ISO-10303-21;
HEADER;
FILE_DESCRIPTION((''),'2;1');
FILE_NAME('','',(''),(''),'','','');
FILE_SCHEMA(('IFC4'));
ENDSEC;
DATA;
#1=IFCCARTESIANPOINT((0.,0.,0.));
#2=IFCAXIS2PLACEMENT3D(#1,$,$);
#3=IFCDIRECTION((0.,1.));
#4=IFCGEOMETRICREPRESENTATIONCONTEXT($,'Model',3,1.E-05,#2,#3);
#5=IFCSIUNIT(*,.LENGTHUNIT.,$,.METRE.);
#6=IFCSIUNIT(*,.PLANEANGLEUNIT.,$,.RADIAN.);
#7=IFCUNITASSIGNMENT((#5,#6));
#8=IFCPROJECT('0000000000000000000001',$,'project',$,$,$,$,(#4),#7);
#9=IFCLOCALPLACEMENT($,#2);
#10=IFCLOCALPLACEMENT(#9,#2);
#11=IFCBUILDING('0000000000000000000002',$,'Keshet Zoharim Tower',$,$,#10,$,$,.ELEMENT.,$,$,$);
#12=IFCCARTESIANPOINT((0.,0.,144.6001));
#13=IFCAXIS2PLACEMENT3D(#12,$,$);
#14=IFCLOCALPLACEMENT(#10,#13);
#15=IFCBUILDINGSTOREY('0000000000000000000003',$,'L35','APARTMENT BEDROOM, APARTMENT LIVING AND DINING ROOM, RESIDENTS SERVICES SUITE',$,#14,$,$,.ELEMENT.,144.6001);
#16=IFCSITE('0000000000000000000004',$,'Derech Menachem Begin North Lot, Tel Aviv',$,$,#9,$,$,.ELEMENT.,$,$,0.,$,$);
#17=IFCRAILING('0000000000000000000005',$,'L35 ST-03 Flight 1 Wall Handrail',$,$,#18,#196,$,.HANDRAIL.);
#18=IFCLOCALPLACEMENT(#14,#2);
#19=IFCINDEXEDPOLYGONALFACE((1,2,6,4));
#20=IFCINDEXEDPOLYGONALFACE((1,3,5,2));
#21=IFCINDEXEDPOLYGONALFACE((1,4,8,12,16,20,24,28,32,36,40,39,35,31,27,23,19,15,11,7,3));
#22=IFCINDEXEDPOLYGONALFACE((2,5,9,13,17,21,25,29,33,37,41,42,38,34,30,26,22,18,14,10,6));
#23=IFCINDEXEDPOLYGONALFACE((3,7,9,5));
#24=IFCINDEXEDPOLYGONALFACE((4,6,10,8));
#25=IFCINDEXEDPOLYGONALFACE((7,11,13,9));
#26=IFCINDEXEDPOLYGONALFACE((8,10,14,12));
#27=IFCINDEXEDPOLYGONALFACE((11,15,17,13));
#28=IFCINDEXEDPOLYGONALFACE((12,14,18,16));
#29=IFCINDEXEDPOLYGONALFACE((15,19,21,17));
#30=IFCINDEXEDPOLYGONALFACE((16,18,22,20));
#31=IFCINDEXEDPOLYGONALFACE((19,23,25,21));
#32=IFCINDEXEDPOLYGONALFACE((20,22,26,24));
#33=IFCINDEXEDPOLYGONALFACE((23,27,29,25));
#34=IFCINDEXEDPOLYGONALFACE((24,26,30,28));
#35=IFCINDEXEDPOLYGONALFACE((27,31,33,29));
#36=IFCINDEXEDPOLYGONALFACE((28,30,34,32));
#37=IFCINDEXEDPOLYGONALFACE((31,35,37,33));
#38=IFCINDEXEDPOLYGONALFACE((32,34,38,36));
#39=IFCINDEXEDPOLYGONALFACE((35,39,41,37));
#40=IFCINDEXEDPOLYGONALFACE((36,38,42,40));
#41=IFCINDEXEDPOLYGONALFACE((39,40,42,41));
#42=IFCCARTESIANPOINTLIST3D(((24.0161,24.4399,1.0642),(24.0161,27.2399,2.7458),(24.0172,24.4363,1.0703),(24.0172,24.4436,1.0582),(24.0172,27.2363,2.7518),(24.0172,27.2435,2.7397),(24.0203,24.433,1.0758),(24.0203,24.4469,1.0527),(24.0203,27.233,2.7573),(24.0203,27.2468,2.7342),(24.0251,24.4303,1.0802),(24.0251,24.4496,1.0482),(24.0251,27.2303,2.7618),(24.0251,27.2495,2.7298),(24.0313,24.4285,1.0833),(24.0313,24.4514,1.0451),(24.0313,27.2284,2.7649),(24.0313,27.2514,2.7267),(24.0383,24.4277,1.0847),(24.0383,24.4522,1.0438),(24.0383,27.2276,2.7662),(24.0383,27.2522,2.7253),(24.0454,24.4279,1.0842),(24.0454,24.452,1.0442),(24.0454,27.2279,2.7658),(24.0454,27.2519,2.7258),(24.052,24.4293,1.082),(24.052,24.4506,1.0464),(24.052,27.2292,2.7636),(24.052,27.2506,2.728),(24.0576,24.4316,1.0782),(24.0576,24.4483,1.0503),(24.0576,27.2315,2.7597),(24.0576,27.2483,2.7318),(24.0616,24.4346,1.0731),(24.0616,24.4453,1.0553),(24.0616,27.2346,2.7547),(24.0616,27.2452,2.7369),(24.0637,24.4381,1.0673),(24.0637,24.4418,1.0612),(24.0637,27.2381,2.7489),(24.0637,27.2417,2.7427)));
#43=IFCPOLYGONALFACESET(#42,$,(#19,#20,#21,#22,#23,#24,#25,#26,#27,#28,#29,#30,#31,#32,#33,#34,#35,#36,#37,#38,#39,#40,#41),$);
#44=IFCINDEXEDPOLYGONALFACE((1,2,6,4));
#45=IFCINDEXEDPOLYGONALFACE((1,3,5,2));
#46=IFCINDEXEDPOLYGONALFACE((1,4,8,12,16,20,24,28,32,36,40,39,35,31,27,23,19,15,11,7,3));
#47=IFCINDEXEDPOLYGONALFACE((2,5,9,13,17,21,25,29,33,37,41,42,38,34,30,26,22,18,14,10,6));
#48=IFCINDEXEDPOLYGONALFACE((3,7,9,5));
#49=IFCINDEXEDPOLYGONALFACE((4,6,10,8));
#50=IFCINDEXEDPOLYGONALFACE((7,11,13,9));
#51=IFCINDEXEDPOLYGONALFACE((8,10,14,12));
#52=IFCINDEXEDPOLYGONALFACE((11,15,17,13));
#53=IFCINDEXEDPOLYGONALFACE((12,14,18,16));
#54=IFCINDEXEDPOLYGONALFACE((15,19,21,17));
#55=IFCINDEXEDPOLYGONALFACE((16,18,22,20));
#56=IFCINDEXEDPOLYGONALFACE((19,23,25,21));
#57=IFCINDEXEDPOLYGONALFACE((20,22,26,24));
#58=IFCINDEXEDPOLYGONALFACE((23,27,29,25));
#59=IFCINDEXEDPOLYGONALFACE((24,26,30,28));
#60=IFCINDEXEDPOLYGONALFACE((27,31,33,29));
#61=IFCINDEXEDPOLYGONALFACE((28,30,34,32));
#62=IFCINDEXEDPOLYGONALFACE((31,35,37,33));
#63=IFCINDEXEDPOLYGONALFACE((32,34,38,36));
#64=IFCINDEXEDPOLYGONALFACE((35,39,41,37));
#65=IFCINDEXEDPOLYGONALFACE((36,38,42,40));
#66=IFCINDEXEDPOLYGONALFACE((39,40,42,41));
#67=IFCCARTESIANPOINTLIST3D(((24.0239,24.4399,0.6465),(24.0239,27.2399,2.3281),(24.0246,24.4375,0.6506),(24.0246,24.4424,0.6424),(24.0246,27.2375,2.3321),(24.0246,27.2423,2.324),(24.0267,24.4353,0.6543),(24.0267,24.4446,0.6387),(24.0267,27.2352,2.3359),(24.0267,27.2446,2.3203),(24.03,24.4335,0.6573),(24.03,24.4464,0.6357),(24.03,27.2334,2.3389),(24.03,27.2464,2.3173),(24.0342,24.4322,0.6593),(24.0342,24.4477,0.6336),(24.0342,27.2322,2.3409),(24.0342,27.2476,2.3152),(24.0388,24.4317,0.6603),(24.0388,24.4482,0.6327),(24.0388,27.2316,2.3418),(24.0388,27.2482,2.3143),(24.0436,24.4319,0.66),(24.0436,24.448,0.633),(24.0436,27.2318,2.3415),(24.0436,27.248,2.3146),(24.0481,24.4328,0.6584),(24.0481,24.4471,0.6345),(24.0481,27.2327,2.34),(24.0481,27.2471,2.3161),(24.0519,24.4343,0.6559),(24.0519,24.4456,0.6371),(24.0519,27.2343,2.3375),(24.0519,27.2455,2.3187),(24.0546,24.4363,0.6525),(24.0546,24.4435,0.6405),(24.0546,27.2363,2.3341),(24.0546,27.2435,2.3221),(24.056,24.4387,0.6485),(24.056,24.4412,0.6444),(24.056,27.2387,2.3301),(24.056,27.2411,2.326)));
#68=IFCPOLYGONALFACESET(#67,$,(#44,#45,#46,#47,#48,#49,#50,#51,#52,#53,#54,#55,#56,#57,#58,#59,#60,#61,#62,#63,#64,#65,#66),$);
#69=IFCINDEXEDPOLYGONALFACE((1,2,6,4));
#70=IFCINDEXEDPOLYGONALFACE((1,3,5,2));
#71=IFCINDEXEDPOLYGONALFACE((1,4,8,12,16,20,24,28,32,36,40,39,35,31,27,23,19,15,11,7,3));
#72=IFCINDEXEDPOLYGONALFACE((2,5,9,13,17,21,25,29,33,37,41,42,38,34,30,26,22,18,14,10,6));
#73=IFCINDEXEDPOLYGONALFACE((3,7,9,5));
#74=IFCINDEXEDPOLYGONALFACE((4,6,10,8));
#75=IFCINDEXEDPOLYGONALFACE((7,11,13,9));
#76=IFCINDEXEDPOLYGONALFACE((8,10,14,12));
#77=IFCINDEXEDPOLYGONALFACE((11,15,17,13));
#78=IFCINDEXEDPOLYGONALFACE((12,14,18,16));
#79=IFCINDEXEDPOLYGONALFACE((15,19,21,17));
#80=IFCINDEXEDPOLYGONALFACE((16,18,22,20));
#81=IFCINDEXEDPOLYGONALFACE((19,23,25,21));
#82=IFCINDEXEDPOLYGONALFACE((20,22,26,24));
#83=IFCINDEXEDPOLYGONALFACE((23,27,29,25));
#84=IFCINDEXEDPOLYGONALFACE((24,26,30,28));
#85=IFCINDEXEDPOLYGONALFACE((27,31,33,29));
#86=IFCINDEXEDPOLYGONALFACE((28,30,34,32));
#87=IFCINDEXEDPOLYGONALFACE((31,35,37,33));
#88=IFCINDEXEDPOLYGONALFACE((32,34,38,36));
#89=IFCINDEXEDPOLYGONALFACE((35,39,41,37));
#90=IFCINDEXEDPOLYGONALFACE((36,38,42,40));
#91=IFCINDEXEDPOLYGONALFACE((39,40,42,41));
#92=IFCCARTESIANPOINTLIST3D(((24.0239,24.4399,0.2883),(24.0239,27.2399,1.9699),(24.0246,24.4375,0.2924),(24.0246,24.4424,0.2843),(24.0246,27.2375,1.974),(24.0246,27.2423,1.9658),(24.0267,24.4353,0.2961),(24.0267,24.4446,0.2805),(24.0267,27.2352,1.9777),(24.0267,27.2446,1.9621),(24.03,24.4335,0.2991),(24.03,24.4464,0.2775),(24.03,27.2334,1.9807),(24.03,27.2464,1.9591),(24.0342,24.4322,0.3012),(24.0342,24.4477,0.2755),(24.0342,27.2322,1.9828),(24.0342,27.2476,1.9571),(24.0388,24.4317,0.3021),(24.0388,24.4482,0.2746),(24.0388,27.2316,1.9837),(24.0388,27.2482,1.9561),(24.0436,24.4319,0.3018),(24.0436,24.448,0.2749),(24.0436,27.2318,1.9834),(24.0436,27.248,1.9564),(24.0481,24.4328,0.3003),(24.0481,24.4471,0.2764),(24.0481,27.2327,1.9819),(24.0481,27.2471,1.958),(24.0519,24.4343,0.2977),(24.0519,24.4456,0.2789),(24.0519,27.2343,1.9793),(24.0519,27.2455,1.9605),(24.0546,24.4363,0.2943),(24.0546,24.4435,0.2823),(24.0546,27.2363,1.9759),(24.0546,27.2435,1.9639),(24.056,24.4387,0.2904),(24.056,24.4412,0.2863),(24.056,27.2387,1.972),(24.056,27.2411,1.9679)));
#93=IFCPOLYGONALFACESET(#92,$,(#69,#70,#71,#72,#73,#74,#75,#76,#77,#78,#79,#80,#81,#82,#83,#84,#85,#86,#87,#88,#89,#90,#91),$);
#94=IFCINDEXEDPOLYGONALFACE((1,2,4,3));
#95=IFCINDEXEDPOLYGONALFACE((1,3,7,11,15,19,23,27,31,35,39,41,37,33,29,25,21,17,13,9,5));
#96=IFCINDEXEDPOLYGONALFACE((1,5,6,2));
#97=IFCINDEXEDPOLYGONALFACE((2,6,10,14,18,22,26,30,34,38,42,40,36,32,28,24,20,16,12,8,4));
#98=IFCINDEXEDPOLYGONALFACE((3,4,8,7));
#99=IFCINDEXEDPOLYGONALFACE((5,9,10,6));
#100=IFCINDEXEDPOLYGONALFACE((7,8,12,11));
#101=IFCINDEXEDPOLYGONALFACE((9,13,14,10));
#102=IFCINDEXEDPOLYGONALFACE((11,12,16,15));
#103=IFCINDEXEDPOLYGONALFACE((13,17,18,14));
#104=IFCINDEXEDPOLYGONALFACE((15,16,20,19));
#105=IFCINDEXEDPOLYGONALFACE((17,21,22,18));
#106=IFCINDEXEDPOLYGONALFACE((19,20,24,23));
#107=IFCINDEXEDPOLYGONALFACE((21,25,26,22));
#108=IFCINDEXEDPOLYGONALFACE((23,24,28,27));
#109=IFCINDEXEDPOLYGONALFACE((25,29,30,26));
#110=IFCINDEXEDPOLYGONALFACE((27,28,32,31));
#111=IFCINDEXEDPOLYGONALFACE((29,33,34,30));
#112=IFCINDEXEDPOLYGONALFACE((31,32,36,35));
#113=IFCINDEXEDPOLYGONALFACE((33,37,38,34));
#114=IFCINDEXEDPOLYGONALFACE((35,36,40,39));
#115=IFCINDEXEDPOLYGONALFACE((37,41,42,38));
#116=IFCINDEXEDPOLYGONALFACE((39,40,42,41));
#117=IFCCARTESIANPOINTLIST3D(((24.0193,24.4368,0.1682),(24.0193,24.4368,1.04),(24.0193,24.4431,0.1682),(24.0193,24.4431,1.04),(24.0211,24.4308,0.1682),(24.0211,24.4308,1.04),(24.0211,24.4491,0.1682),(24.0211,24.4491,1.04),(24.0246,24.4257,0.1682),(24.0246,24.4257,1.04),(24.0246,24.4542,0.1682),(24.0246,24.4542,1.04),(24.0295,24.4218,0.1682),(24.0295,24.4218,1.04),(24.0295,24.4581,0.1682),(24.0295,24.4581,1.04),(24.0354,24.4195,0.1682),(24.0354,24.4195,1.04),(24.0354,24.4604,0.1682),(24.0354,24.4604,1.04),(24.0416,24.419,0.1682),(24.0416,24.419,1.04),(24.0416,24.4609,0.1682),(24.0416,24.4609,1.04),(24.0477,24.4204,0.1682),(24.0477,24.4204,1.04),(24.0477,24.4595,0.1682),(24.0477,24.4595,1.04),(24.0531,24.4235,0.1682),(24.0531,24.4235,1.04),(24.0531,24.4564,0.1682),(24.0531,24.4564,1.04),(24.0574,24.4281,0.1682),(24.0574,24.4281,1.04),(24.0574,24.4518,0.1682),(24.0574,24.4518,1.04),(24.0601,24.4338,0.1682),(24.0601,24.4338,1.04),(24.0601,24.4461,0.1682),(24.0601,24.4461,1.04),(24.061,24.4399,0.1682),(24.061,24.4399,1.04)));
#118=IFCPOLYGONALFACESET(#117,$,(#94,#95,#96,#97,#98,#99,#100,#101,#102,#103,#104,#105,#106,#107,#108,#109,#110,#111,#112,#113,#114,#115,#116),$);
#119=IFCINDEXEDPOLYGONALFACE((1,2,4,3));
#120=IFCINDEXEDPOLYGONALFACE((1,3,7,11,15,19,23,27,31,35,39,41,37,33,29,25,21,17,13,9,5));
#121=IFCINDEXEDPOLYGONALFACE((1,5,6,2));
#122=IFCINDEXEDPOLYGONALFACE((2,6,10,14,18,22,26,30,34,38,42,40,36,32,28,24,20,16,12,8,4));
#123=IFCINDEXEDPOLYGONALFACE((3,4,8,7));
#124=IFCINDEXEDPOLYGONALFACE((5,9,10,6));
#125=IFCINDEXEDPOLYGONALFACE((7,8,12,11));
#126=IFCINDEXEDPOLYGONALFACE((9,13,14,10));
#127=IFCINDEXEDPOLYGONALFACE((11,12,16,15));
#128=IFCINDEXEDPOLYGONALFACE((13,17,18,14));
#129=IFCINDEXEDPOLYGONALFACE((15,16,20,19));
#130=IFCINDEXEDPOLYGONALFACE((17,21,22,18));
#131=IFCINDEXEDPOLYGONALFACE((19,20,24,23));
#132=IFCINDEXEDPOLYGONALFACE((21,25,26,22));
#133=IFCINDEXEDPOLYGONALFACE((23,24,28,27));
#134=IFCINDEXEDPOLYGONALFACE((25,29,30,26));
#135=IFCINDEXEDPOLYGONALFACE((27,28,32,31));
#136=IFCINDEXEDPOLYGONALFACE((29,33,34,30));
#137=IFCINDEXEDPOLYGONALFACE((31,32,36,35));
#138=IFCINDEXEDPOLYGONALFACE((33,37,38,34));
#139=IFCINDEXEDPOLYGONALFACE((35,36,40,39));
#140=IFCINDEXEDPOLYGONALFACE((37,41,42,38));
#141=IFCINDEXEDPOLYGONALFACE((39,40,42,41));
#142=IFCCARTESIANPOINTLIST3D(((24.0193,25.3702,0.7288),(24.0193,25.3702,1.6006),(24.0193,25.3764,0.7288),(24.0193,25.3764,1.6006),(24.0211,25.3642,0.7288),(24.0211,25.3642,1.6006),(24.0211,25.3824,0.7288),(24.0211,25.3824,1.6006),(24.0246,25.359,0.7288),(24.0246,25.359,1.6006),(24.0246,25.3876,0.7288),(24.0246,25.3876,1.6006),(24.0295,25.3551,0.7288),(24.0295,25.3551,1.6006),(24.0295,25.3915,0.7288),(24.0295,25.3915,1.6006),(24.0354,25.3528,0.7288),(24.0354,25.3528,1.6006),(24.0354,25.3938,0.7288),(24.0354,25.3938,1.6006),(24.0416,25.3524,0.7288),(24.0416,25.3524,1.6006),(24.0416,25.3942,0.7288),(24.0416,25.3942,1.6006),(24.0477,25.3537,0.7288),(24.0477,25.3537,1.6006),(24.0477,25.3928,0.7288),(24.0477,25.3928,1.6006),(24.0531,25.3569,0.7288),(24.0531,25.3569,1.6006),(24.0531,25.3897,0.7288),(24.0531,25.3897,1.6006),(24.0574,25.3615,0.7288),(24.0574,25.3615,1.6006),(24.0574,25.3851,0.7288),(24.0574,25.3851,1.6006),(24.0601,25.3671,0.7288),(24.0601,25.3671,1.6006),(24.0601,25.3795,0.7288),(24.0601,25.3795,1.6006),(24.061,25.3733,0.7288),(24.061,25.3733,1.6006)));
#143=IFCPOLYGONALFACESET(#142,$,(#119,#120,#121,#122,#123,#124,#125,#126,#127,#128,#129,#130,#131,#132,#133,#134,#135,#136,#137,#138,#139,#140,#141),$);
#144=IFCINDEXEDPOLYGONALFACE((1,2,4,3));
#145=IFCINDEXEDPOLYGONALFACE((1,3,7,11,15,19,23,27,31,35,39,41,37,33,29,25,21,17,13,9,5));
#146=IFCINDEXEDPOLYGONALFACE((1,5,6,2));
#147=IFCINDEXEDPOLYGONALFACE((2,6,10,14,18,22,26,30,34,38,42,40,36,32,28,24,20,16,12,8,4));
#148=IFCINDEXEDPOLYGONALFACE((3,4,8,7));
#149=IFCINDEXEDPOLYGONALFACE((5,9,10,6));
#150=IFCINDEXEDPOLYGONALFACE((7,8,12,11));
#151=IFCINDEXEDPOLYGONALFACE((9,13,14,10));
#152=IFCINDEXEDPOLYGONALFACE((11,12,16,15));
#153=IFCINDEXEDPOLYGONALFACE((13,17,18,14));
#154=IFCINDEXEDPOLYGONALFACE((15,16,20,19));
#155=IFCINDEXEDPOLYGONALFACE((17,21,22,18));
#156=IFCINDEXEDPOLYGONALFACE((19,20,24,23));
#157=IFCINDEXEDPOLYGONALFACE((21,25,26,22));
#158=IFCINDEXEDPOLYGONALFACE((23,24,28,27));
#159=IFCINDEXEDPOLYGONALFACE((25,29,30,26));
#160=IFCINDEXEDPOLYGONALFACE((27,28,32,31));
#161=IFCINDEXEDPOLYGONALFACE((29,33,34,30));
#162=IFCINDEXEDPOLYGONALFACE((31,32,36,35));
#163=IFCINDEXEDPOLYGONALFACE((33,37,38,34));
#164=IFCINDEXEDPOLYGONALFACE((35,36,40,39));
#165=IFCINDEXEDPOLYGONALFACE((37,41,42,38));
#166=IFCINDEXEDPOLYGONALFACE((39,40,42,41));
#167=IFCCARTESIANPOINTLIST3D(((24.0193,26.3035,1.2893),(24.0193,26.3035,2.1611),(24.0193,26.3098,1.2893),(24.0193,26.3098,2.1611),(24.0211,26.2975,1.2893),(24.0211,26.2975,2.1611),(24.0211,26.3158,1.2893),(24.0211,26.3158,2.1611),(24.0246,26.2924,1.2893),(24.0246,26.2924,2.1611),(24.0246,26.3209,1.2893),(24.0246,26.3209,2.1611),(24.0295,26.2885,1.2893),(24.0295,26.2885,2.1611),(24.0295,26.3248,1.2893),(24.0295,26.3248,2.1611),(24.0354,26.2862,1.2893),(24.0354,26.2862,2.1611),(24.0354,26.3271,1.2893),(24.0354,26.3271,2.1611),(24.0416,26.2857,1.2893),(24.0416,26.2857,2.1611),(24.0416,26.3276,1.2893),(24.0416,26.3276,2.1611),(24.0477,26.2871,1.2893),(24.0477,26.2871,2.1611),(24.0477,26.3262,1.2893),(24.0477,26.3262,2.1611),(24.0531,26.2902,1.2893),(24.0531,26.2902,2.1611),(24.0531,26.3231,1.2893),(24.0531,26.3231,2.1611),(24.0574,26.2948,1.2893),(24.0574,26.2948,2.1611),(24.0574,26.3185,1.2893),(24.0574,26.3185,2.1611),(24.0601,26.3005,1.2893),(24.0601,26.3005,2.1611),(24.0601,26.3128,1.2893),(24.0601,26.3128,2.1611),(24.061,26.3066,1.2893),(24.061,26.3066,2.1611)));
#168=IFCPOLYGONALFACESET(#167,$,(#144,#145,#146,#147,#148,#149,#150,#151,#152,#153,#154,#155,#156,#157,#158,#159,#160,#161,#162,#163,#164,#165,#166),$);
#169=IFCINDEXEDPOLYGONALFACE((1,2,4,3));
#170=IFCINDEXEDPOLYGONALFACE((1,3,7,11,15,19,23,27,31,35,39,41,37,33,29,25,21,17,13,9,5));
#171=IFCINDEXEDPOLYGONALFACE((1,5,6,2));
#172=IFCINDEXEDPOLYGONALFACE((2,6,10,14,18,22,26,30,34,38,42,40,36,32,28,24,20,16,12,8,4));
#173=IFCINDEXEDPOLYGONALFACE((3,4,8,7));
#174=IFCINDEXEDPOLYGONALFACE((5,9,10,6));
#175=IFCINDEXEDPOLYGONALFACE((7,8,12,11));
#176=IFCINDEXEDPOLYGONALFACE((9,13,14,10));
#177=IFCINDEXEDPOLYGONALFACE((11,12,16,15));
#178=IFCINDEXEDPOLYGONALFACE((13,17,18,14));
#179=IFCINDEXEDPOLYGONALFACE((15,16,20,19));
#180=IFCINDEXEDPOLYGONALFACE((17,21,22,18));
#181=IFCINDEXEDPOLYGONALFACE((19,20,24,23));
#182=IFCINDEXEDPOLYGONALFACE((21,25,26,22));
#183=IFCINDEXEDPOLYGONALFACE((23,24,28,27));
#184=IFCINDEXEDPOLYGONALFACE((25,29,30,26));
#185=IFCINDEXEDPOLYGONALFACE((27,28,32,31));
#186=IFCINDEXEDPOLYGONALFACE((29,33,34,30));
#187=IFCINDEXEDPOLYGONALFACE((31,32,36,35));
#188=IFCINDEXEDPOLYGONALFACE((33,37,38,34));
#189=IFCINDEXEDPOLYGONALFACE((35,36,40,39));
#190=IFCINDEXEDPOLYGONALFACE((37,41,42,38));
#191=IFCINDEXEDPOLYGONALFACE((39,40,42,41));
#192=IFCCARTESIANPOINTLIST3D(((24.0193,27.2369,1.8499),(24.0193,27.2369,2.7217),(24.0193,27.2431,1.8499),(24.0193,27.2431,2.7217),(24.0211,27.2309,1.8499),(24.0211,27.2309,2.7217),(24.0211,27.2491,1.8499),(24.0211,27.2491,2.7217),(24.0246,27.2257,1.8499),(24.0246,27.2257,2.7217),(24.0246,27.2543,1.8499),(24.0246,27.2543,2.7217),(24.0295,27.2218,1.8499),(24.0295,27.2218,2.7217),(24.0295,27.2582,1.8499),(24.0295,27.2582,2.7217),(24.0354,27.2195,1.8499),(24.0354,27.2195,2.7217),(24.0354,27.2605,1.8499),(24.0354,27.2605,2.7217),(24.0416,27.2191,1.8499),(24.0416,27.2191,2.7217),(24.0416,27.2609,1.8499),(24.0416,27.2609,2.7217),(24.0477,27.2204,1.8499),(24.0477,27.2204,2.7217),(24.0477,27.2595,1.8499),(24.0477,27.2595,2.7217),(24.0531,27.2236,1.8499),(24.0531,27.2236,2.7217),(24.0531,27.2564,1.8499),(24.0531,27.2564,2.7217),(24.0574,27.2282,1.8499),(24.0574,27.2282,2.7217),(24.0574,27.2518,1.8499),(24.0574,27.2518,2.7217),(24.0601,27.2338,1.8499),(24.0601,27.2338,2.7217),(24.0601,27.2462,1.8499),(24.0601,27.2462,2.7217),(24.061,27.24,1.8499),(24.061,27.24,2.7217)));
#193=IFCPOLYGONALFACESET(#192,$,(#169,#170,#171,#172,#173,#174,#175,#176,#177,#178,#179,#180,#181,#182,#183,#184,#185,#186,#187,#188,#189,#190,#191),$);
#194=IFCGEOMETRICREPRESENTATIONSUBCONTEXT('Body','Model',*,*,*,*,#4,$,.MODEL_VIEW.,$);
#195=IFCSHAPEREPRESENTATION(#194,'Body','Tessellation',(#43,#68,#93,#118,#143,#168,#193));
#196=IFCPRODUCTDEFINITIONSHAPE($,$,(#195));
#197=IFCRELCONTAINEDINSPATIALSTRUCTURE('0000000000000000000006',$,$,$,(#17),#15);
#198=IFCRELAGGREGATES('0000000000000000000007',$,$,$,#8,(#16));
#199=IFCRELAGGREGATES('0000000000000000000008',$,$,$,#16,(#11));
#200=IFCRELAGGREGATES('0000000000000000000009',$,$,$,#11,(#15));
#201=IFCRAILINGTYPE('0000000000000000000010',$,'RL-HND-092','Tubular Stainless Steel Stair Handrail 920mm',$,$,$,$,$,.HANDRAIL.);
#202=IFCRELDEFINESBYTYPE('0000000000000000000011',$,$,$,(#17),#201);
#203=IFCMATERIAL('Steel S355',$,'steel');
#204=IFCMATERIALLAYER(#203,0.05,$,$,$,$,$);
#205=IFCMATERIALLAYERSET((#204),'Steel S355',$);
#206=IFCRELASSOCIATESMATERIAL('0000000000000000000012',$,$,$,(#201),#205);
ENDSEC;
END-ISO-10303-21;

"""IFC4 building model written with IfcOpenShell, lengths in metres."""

from ifc_helpers import new_model, si_unit, direction, frame, origin, origin_2d, place, context, subcontext, project, spatial, circle, extrude, material, layer, layer_set, type_object, element, save


model = new_model("IFC4")

# Units and contexts
model_context = context("Model", 3, precision=1e-05, world=origin(), true_north=direction((0.0, 1.0)))
body_context = subcontext(model_context, "Body", "Model", "MODEL_VIEW")
ifc_project = project(units=[si_unit("LENGTHUNIT", "METRE"), si_unit("PLANEANGLEUNIT", "RADIAN")], contexts=[model_context])

# Site, building, storey
site_placement = place(None, origin())
site = spatial("IfcSite", under=ifc_project, at=site_placement, Name="Derech Menachem Begin North Lot, Tel Aviv", CompositionType="ELEMENT", RefElevation=0.0)
building_placement = place(site_placement, origin())
building = spatial("IfcBuilding", under=site, at=building_placement, Name="Keshet Zoharim Tower", CompositionType="ELEMENT")
storey_placement = place(building_placement, frame((0.0, 0.0, 144.6001)))
storey = spatial("IfcBuildingStorey", under=building, at=storey_placement, Name="L35", Description="APARTMENT BEDROOM, APARTMENT LIVING AND DINING ROOM, RESIDENTS SERVICES SUITE", CompositionType="ELEMENT", Elevation=144.6001)

# Railing
ifc_material_1 = material(Name="Steel S355", Category="steel")
ifc_layer_1 = layer(ifc_material_1, 0.05)
ifc_layer_set_1 = layer_set([ifc_layer_1], Name="Steel S355")
railing_type_1 = type_object("IfcRailingType", Name="RL-HND-092", Description="Tubular Stainless Steel Stair Handrail 920mm", PredefinedType="HANDRAIL", material=ifc_layer_set_1)
railing_1_placement = place(storey_placement, frame((24.04, 24.4399, 0.1682)))
element("IfcRailing", 1, at=railing_1_placement, inside=storey, type_object=railing_type_1, Name="L35 ST-03 Flight 1 Wall Handrail", PredefinedType="HANDRAIL", context=body_context, shape_type="SweptSolid", body=[
    extrude(circle(Radius=0.0239, at=origin_2d()), frame((0.0, 0.0, 0.896), z_axis=(0.0, 0.857275, 0.514858), x_axis=(-1.0, 0.0, 0.0)), (0.0, 0.0, 1.0), 3.2661),
    extrude(circle(Radius=0.0161, at=origin_2d()), frame((0.0, 0.0, 0.4783), z_axis=(0.0, 0.857275, 0.514858), x_axis=(-1.0, 0.0, 0.0)), (0.0, 0.0, 1.0), 3.2661),
    extrude(circle(Radius=0.0161, at=origin_2d()), frame((0.0, 0.0, 0.1201), z_axis=(0.0, 0.857275, 0.514858), x_axis=(-1.0, 0.0, 0.0)), (0.0, 0.0, 1.0), 3.2661),
    extrude(circle(Radius=0.021, at=origin_2d()), origin(), (0.0, 0.0, 1.0), 0.8718),
    extrude(circle(Radius=0.021, at=origin_2d()), frame((0.0, 0.9333, 0.5605)), (0.0, 0.0, 1.0), 0.8718),
    extrude(circle(Radius=0.021, at=origin_2d()), frame((0.0, 1.8667, 1.1211)), (0.0, 0.0, 1.0), 0.8718),
    extrude(circle(Radius=0.021, at=origin_2d()), frame((0.0, 2.8, 1.6816)), (0.0, 0.0, 1.0), 0.8718),
])

save(model, "model.ifc")
